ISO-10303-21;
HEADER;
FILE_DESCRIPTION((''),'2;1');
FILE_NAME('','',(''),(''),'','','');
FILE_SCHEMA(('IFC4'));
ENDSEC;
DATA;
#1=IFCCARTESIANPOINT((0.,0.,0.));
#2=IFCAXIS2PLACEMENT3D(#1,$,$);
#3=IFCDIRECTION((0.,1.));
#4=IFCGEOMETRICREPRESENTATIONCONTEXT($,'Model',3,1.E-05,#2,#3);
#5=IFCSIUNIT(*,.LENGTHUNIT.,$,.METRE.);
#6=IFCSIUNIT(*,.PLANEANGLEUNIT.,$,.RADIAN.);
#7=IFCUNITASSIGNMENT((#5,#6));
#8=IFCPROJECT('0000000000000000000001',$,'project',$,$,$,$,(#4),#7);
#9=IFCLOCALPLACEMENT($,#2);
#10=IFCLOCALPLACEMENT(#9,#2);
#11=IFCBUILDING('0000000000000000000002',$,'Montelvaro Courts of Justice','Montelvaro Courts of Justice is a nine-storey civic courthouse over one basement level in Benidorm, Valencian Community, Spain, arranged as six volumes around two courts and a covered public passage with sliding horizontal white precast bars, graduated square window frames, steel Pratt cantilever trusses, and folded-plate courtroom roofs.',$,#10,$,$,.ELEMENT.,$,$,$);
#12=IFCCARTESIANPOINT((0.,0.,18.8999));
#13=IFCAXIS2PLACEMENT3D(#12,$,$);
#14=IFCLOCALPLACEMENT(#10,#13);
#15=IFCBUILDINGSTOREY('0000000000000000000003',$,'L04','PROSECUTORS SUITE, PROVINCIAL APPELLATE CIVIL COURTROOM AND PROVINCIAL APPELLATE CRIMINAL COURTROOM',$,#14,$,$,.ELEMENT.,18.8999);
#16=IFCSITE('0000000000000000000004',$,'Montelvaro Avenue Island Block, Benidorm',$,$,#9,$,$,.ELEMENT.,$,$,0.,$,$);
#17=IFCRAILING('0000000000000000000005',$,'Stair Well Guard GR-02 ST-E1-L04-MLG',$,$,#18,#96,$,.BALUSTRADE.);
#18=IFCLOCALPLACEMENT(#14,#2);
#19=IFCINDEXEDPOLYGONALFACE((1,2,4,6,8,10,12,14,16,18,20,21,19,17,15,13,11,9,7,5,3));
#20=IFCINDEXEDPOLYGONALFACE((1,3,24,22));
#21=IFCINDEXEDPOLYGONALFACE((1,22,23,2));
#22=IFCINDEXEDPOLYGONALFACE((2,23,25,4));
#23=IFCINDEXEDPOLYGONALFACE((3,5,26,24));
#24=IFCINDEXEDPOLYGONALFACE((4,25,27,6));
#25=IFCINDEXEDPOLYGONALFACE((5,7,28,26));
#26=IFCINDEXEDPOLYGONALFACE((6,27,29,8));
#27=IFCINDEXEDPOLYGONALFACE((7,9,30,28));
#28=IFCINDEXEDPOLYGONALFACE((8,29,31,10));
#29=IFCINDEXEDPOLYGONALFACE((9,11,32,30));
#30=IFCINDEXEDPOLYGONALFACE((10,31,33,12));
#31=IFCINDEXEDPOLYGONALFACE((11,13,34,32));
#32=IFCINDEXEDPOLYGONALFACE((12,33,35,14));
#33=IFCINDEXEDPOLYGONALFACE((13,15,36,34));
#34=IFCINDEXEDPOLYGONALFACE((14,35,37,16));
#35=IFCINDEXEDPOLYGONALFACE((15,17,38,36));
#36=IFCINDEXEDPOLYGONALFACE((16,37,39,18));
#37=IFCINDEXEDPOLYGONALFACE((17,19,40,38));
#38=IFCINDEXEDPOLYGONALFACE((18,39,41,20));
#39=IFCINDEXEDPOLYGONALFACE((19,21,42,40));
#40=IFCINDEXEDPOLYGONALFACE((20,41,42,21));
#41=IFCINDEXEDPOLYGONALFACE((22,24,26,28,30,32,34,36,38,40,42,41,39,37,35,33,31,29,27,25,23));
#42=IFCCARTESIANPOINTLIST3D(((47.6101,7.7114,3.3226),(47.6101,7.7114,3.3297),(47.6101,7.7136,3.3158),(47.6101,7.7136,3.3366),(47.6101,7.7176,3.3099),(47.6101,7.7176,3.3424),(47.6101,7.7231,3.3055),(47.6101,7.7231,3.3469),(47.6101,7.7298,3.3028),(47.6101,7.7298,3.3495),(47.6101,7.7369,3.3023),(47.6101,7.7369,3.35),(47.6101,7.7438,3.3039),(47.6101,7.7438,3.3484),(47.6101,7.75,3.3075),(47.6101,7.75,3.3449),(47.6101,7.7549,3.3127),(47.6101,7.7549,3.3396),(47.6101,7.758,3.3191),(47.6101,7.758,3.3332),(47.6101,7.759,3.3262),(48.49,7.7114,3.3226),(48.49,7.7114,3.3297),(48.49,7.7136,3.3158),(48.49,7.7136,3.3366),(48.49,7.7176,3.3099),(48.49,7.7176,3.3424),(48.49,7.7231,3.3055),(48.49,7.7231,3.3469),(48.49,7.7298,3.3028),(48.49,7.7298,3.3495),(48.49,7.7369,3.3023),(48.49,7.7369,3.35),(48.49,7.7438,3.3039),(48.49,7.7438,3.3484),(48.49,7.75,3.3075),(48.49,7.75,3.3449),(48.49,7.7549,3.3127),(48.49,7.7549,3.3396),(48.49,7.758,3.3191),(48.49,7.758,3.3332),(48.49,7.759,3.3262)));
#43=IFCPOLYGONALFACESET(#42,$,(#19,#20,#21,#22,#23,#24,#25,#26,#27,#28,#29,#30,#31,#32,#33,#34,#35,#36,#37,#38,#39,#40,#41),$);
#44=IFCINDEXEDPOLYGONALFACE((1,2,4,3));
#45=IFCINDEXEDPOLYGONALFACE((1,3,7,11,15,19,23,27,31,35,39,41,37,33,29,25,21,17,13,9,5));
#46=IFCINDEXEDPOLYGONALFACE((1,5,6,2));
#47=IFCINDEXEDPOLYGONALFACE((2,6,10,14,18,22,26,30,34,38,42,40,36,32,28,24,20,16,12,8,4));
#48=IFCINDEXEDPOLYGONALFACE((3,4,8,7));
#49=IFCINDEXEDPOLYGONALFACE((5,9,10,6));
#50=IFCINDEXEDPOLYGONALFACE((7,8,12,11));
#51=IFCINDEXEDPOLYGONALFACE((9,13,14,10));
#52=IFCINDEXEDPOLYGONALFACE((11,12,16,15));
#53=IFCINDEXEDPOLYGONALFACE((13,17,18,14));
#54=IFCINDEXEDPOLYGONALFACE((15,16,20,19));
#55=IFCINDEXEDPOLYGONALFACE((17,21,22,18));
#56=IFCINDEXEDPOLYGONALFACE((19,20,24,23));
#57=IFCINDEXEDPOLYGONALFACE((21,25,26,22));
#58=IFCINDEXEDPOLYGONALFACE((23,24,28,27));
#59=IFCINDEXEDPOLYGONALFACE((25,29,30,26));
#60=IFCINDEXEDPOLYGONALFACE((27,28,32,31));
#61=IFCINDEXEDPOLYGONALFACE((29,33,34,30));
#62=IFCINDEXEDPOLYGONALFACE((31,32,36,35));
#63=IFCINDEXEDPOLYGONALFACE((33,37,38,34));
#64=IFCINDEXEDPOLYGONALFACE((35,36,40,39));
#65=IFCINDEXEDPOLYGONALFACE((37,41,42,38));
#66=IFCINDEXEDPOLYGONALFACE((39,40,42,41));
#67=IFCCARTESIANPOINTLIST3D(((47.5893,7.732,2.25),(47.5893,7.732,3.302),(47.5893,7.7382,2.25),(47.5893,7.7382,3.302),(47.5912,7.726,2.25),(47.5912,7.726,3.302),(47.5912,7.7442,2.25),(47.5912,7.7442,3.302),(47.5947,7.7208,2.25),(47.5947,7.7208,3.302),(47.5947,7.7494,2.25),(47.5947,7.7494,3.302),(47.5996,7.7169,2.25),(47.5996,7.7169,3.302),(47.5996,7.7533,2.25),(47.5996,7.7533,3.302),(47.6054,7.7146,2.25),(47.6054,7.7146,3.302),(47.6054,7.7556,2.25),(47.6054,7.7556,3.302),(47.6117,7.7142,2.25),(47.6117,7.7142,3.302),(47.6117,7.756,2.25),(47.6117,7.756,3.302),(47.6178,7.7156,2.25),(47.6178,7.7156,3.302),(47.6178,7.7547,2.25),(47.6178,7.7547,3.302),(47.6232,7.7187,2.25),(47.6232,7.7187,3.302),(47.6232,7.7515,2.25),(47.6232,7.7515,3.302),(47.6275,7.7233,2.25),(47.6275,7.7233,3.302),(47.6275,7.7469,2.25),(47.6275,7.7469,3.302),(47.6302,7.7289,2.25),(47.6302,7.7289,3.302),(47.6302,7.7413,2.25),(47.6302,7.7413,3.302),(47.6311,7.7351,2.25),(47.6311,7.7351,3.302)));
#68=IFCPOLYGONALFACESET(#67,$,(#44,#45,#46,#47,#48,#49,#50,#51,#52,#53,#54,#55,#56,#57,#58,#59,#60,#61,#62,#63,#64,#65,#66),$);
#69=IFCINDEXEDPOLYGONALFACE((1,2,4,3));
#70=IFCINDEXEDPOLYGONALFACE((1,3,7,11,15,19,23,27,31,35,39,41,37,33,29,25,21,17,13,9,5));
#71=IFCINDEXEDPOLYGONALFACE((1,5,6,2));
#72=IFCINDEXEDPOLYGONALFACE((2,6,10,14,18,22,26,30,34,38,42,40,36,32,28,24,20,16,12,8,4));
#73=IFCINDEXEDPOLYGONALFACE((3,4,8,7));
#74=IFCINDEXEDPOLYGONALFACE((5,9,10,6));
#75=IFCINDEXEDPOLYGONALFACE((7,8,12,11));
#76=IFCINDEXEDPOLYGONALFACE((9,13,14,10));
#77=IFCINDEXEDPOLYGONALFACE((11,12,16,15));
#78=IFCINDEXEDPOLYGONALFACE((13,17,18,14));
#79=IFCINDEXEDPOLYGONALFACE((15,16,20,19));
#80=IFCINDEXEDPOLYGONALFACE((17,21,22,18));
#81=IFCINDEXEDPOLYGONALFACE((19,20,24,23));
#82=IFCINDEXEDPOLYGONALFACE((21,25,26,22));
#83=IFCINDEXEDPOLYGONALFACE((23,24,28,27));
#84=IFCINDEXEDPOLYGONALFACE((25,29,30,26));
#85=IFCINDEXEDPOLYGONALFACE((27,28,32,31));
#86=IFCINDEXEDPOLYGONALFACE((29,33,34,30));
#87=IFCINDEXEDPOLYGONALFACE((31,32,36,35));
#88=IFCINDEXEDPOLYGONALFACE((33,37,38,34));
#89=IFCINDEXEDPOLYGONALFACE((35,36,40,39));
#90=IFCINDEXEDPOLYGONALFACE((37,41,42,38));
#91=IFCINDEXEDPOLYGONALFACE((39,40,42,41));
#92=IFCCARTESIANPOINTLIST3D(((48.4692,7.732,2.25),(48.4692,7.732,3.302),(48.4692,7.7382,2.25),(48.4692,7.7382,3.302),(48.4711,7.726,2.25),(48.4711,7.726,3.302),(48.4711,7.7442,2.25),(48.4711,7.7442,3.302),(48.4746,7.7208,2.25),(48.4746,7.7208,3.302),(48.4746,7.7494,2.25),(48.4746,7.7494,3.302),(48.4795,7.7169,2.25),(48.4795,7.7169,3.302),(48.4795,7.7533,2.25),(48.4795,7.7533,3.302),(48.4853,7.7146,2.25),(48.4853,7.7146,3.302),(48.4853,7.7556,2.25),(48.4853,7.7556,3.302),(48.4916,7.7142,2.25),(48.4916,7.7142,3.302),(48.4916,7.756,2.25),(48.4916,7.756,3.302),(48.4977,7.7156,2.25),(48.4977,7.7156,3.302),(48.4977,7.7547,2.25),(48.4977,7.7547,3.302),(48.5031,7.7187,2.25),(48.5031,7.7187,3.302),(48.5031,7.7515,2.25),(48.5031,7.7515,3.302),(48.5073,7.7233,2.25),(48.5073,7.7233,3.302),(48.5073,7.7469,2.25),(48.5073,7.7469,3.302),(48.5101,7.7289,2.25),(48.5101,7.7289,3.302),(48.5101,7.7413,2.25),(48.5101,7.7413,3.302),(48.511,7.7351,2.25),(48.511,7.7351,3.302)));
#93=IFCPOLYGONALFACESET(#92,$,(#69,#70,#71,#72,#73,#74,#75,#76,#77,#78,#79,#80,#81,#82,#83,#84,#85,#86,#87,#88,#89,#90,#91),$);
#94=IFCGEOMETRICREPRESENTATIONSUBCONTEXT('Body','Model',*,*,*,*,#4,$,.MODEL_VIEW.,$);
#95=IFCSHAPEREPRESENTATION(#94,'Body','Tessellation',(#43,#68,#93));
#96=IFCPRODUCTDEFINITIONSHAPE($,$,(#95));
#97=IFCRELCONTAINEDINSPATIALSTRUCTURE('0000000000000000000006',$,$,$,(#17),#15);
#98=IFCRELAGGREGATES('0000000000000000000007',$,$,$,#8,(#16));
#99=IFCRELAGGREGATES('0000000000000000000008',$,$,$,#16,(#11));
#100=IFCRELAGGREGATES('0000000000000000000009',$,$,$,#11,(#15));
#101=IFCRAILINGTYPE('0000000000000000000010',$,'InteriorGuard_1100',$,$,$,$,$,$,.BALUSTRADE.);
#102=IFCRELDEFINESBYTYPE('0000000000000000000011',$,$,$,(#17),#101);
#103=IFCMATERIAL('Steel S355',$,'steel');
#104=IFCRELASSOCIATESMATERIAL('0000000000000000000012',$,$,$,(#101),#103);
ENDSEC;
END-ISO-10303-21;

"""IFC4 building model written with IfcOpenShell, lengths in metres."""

from ifc_helpers import new_model, si_unit, direction, frame, origin, origin_2d, place, context, subcontext, project, spatial, circle, extrude, material, type_object, element, save


model = new_model("IFC4")

# Units and contexts
model_context = context("Model", 3, precision=1e-05, world=origin(), true_north=direction((0.0, 1.0)))
body_context = subcontext(model_context, "Body", "Model", "MODEL_VIEW")
ifc_project = project(units=[si_unit("LENGTHUNIT", "METRE"), si_unit("PLANEANGLEUNIT", "RADIAN")], contexts=[model_context])

# Site, building, storey
site_placement = place(None, origin())
site = spatial("IfcSite", under=ifc_project, at=site_placement, Name="Montelvaro Avenue Island Block, Benidorm", CompositionType="ELEMENT", RefElevation=0.0)
building_placement = place(site_placement, origin())
building = spatial("IfcBuilding", under=site, at=building_placement, Name="Montelvaro Courts of Justice", Description="Montelvaro Courts of Justice is a nine-storey civic courthouse over one basement level in Benidorm, Valencian Community, Spain, arranged as six volumes around two courts and a covered public passage with sliding horizontal white precast bars, graduated square window frames, steel Pratt cantilever trusses, and folded-plate courtroom roofs.", CompositionType="ELEMENT")
storey_placement = place(building_placement, frame((0.0, 0.0, 18.8999)))
storey = spatial("IfcBuildingStorey", under=building, at=storey_placement, Name="L04", Description="PROSECUTORS SUITE, PROVINCIAL APPELLATE CIVIL COURTROOM AND PROVINCIAL APPELLATE CRIMINAL COURTROOM", CompositionType="ELEMENT", Elevation=18.8999)

# Shared definitions
ifc_material_1 = material(Name="Steel S355", Category="steel")

# Railing
railing_type_1 = type_object("IfcRailingType", Name="InteriorGuard_1100", PredefinedType="BALUSTRADE", material=ifc_material_1)
railing_1_placement = place(storey_placement, frame((47.6101, 7.7351, 2.25)))
element("IfcRailing", 1, at=railing_1_placement, inside=storey, type_object=railing_type_1, Name="Stair Well Guard GR-02 ST-E1-L04-MLG", PredefinedType="BALUSTRADE", context=body_context, shape_type="SweptSolid", body=[
    extrude(circle(Radius=0.0239, at=origin_2d()), frame((0.0, 0.0, 1.0762), z_axis=(1.0, 0.0, 0.0), x_axis=(0.0, 1.0, 0.0)), (0.0, 0.0, 1.0), 0.8799),
    extrude(circle(Radius=0.021, at=origin_2d()), origin(), (0.0, 0.0, 1.0), 1.052),
    extrude(circle(Radius=0.021, at=origin_2d()), frame((0.8799, 0.0, 0.0)), (0.0, 0.0, 1.0), 1.052),
])

save(model, "model.ifc")
